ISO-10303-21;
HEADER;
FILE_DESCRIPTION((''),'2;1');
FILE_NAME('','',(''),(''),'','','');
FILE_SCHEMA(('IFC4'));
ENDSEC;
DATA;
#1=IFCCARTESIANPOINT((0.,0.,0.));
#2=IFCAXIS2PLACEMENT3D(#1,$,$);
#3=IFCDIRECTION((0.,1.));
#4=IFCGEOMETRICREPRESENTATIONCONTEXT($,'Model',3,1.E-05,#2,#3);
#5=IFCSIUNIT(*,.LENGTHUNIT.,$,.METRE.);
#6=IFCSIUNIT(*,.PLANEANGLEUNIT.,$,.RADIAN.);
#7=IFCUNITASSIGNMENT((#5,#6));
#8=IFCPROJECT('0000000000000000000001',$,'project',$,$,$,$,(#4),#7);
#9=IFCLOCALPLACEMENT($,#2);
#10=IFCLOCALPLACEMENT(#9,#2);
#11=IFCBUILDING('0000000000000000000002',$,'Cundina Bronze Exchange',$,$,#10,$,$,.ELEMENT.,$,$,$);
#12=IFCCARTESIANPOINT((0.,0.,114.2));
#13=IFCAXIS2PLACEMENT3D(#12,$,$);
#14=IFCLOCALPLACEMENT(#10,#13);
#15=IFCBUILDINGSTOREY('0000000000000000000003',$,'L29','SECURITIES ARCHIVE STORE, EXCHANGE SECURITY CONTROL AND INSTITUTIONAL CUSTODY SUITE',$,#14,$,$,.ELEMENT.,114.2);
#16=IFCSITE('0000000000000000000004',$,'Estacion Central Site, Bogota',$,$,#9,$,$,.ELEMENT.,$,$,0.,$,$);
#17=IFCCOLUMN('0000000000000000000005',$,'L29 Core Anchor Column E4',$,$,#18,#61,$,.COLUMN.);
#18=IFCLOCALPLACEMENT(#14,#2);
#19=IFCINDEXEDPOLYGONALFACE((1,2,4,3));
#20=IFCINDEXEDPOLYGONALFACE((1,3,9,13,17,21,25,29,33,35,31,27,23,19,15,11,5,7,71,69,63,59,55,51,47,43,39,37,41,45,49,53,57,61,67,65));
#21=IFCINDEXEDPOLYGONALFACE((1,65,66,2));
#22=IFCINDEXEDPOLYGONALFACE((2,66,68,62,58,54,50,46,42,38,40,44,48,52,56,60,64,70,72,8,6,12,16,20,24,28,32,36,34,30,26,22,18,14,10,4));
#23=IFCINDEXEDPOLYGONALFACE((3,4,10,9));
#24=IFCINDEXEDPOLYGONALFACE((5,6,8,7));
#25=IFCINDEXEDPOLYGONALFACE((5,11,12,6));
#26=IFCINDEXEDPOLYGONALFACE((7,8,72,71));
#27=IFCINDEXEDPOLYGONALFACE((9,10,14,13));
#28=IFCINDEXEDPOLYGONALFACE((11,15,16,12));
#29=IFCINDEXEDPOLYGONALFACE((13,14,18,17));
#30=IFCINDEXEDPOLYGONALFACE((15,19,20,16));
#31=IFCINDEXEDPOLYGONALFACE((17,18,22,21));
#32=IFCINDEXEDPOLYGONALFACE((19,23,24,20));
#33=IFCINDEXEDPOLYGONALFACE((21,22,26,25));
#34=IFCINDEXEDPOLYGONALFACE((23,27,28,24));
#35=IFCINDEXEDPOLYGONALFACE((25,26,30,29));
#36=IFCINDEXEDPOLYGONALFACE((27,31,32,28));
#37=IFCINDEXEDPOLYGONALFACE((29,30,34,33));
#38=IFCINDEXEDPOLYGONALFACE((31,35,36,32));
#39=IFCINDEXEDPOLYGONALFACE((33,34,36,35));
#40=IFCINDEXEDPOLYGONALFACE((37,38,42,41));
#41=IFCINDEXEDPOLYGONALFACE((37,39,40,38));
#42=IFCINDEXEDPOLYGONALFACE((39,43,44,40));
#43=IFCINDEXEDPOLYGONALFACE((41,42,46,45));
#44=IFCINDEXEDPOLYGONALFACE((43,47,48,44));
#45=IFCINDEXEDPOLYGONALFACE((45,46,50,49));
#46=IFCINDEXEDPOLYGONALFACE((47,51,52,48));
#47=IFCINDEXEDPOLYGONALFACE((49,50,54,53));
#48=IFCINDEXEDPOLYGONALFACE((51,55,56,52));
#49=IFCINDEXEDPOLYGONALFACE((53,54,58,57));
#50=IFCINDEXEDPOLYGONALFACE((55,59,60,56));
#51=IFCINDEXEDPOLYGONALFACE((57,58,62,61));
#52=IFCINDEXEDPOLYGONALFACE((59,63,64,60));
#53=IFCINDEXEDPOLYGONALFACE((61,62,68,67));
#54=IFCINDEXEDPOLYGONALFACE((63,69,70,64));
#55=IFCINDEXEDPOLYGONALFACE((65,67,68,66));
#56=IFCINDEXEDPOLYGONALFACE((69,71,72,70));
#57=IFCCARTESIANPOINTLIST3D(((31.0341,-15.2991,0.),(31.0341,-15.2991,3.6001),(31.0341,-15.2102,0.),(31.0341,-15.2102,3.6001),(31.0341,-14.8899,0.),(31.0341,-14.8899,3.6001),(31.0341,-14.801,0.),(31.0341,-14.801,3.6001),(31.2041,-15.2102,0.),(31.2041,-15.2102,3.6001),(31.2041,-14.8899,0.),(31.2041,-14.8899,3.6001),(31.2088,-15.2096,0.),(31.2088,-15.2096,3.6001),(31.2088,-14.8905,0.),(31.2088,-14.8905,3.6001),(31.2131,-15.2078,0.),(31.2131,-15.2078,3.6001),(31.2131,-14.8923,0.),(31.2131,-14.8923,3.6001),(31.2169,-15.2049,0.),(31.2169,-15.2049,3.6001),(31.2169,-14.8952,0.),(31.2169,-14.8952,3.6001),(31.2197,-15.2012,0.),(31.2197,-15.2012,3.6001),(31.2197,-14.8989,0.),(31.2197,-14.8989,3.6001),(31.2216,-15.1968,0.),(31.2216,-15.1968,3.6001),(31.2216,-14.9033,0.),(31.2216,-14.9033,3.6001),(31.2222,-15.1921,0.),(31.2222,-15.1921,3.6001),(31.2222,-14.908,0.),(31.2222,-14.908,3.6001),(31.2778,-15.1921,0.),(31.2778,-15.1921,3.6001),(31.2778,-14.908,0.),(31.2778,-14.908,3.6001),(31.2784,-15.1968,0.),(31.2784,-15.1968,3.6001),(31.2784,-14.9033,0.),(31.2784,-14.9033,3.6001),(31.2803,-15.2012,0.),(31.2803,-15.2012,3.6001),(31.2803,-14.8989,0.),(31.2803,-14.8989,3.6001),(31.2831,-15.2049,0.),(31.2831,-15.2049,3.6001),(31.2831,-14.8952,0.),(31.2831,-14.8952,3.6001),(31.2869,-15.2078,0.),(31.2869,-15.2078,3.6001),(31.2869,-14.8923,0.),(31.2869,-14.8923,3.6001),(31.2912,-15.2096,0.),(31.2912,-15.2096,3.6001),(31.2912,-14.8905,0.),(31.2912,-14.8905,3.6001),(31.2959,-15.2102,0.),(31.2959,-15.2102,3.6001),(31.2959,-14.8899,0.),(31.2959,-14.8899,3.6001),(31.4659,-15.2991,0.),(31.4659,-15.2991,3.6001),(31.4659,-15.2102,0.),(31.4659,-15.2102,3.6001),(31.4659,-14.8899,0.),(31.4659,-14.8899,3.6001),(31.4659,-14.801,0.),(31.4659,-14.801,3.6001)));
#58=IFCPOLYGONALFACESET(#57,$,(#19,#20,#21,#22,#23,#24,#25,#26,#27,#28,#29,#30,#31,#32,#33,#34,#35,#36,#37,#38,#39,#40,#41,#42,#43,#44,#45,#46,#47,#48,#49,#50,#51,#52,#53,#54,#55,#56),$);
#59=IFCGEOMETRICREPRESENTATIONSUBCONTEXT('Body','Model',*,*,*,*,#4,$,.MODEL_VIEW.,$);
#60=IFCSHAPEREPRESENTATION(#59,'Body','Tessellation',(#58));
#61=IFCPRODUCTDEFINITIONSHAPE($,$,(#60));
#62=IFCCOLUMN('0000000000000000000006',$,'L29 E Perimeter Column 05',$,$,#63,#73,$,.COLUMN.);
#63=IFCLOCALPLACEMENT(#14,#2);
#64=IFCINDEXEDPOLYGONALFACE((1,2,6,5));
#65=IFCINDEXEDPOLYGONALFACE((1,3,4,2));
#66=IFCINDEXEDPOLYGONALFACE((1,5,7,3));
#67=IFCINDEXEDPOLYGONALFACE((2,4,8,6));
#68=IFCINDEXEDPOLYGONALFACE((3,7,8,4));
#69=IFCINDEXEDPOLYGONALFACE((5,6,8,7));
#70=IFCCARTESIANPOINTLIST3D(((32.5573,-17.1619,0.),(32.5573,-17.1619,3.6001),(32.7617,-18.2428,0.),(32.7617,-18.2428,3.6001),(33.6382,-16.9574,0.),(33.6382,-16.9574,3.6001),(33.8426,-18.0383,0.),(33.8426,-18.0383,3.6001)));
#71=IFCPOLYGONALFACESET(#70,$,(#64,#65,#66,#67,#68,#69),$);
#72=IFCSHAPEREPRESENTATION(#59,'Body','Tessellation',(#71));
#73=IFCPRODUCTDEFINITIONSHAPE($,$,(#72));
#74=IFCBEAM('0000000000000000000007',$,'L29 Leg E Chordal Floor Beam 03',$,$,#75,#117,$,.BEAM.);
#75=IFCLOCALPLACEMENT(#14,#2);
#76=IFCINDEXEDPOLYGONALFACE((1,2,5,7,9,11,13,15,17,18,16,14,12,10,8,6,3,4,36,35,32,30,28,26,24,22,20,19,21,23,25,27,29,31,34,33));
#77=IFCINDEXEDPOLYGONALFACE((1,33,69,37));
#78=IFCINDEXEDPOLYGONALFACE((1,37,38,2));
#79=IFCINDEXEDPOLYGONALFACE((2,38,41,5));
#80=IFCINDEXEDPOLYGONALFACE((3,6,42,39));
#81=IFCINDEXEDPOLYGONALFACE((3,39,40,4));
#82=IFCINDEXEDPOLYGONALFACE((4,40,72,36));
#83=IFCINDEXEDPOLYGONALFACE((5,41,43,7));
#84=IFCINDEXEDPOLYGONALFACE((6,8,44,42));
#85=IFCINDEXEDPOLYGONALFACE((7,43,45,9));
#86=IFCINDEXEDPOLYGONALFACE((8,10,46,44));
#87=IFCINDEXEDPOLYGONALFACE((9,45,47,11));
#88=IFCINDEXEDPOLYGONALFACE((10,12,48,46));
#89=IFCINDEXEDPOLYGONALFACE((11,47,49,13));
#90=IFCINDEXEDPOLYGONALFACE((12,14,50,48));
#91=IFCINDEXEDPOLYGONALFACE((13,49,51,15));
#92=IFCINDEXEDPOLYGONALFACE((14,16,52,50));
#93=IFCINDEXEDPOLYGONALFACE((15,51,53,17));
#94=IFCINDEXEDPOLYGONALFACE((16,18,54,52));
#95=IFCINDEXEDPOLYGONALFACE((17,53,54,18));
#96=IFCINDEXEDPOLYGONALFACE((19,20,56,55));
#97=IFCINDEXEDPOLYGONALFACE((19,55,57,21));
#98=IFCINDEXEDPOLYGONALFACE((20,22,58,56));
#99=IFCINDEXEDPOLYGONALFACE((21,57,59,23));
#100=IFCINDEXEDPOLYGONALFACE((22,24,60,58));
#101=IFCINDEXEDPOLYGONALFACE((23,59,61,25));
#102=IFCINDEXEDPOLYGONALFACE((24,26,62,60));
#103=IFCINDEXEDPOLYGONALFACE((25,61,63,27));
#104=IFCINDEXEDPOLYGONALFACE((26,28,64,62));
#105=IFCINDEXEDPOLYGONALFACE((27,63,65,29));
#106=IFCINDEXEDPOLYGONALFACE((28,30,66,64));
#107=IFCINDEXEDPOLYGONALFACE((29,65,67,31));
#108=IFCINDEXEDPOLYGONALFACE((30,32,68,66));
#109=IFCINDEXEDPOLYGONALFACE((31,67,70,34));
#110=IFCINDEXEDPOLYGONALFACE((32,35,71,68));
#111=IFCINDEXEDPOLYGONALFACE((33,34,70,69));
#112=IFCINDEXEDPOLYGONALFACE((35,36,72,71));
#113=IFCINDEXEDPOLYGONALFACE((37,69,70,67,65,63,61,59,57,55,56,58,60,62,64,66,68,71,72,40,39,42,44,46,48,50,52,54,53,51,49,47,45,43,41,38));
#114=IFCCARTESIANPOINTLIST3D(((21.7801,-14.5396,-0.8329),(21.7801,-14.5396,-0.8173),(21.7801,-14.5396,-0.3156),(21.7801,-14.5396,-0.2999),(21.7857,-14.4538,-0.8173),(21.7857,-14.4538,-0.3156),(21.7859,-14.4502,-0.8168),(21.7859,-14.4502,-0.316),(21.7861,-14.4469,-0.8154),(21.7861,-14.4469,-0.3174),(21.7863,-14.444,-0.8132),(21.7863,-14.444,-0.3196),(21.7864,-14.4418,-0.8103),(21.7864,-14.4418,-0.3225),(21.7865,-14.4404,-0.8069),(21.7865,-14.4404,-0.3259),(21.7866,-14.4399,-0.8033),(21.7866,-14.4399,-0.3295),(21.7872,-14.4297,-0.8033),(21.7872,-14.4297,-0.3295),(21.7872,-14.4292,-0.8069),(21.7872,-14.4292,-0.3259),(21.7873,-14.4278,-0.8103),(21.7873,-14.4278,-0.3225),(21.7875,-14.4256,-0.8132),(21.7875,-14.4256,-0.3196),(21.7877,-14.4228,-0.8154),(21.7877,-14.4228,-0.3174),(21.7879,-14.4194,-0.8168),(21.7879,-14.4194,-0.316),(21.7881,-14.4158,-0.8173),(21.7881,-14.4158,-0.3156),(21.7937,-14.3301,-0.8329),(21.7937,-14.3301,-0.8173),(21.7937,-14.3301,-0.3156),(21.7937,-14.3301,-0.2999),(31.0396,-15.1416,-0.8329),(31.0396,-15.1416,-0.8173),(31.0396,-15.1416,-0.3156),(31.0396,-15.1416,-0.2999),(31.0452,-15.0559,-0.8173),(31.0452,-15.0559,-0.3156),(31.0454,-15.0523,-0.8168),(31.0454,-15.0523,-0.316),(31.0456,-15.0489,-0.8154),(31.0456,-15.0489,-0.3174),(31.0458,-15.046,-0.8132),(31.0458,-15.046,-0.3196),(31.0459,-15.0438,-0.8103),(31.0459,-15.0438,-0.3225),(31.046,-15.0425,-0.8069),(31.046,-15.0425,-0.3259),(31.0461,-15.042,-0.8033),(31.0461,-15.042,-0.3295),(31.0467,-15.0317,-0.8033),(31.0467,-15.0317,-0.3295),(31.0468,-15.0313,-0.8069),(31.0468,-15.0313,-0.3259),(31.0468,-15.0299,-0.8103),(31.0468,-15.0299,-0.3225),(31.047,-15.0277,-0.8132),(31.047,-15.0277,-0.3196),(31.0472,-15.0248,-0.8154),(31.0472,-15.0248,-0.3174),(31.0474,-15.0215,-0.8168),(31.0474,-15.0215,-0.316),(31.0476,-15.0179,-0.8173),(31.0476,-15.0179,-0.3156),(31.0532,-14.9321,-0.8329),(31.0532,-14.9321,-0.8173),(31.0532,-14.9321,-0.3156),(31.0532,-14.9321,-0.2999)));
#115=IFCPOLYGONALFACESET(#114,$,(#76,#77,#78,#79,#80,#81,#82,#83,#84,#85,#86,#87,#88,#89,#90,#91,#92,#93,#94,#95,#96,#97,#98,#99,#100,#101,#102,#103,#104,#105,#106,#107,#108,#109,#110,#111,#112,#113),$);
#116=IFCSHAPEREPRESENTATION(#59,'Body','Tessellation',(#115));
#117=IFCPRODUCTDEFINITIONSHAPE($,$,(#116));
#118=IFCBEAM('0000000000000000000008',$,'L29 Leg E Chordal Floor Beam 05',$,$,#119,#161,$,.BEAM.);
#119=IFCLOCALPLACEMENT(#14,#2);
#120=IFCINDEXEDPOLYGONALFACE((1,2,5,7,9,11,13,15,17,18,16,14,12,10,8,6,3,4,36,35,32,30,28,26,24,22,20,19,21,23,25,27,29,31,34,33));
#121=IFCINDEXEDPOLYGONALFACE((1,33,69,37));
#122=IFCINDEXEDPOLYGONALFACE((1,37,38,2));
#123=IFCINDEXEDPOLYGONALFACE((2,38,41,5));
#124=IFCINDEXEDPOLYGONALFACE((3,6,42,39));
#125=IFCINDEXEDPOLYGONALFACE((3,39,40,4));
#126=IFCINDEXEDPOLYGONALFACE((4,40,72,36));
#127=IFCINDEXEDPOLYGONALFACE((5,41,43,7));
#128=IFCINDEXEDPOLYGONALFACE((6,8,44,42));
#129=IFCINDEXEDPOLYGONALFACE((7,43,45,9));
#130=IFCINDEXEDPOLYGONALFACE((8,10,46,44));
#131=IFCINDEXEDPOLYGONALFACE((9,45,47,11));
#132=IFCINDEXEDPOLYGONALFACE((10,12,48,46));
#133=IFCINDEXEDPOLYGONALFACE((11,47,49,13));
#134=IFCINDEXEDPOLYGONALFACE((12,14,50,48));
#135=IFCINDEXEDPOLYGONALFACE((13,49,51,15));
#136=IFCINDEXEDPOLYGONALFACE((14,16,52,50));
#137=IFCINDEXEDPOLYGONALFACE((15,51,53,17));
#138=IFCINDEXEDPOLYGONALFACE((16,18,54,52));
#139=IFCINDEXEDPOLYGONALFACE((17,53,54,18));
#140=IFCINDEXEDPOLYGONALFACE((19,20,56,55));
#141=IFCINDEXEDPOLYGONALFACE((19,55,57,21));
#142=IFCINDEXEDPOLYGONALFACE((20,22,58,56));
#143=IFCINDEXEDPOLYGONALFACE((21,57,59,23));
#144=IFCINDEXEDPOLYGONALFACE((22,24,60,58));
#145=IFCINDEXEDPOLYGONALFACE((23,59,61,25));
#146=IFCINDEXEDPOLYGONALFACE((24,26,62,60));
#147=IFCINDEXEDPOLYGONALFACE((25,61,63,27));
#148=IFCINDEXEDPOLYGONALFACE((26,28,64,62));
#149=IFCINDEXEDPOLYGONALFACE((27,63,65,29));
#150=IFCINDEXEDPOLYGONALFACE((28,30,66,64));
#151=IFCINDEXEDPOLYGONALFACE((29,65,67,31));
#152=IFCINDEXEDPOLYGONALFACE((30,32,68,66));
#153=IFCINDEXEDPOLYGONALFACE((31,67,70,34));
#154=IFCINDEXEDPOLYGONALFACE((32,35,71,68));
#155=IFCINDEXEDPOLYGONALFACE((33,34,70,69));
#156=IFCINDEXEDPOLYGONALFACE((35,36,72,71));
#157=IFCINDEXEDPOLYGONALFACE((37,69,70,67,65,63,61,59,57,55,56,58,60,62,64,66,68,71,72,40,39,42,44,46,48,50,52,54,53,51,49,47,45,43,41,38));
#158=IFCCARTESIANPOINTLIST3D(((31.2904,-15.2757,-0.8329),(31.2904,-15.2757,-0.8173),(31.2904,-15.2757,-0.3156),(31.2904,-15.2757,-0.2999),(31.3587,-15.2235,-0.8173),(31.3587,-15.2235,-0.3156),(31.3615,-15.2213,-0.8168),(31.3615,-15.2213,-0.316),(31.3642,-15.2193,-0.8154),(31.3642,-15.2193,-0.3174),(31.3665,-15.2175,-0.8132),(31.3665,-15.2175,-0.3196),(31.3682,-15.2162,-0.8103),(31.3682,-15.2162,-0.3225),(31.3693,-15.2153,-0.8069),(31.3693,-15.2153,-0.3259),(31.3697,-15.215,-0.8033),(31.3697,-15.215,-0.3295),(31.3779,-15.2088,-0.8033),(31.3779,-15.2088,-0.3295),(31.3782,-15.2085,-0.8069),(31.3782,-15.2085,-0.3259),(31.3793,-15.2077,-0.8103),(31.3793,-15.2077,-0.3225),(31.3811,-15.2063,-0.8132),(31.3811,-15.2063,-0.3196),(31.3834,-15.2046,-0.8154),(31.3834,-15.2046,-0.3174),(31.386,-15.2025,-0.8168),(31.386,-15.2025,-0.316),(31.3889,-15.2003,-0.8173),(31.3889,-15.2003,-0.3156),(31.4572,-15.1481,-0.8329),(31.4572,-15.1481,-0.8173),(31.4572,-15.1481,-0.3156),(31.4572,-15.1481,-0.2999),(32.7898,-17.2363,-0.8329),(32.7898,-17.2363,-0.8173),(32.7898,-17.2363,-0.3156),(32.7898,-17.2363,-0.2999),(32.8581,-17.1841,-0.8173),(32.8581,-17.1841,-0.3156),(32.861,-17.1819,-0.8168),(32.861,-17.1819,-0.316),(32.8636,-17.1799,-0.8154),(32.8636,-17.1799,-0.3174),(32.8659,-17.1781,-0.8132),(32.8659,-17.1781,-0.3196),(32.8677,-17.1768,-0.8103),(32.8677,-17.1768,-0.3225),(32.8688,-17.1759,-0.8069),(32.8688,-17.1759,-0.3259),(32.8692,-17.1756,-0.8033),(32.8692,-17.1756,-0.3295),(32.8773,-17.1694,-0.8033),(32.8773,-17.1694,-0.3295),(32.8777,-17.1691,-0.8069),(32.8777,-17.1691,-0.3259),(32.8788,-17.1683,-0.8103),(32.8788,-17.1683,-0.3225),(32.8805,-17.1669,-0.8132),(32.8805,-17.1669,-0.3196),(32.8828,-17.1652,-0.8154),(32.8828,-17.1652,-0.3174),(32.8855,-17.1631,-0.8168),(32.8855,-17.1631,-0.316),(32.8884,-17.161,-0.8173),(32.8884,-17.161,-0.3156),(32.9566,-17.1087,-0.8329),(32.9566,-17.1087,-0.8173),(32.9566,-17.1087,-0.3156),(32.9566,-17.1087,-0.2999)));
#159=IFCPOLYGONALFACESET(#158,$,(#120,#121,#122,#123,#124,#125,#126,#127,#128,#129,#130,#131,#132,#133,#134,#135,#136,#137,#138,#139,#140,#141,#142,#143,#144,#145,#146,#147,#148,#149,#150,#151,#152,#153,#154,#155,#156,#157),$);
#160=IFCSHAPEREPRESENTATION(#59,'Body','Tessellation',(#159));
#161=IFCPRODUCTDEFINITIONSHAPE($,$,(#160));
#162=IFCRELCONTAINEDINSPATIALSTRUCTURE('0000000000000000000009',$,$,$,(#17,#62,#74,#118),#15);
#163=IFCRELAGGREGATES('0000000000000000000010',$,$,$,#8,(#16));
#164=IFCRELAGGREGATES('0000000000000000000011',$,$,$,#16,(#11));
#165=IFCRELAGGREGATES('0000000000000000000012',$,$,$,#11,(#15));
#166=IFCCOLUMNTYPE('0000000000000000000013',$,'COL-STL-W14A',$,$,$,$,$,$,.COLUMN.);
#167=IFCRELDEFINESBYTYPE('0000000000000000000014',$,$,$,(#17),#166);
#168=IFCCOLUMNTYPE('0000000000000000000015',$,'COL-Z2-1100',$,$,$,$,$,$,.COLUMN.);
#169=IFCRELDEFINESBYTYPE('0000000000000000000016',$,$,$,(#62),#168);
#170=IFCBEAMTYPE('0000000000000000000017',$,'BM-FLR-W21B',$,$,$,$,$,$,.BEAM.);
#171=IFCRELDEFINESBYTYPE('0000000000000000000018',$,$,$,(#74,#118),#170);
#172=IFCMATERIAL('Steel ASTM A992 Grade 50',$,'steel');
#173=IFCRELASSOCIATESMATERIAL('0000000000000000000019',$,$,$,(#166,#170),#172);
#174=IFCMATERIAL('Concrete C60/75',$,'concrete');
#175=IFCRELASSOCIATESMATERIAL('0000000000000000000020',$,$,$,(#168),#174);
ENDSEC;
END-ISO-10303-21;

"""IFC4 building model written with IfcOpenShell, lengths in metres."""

from ifc_helpers import new_model, si_unit, direction, frame, origin, origin_2d, place, context, subcontext, project, spatial, rectangle, i_section, extrude, material, material_profile, profile_set, type_object, element, save


model = new_model("IFC4")

# Units and contexts
model_context = context("Model", 3, precision=1e-05, world=origin(), true_north=direction((0.0, 1.0)))
body_context = subcontext(model_context, "Body", "Model", "MODEL_VIEW")
ifc_project = project(units=[si_unit("LENGTHUNIT", "METRE"), si_unit("PLANEANGLEUNIT", "RADIAN")], contexts=[model_context])

# Site, building, storey
site_placement = place(None, origin())
site = spatial("IfcSite", under=ifc_project, at=site_placement, Name="Estacion Central Site, Bogota", CompositionType="ELEMENT", RefElevation=0.0)
building_placement = place(site_placement, origin())
building = spatial("IfcBuilding", under=site, at=building_placement, Name="Cundina Bronze Exchange", CompositionType="ELEMENT")
storey_placement = place(building_placement, frame((0.0, 0.0, 114.2)))
storey = spatial("IfcBuildingStorey", under=building, at=storey_placement, Name="L29", Description="SECURITIES ARCHIVE STORE, EXCHANGE SECURITY CONTROL AND INSTITUTIONAL CUSTODY SUITE", CompositionType="ELEMENT", Elevation=114.2)

# Columns
ifc_material_1 = material(Name="Steel ASTM A992 Grade 50", Category="steel")
ifc_material_profile_1 = material_profile(ifc_material_1, i_section(OverallWidth=0.4319, OverallDepth=0.498, WebThickness=0.0557, FlangeThickness=0.0889, FilletRadius=0.0181, at=origin_2d()), Name="W14X500", Category="steel")
ifc_profile_set_1 = profile_set([ifc_material_profile_1], Name="Steel ASTM A992 Grade 50")
column_type_1 = type_object("IfcColumnType", Name="COL-STL-W14A", PredefinedType="COLUMN", material=ifc_profile_set_1)
column_1_placement = place(storey_placement, frame((31.25, -15.05, 0.0), z_axis=(0.0, 0.0, 1.0), x_axis=(1.0, 0.0, 0.0)))
element("IfcColumn", 1, at=column_1_placement, inside=storey, type_object=column_type_1, Name="L29 Core Anchor Column E4", PredefinedType="COLUMN", context=body_context, shape_type="SweptSolid", body=[
    extrude(i_section(OverallWidth=0.4319, OverallDepth=0.498, WebThickness=0.0557, FlangeThickness=0.0889, FilletRadius=0.0181, at=origin_2d()), origin(), (0.0, 0.0, 1.0), 3.6001),
])
ifc_material_2 = material(Name="Concrete C60/75", Category="concrete")
ifc_material_profile_2 = material_profile(ifc_material_2, rectangle(XDim=1.1001, YDim=1.1001, at=origin_2d()), Name="RC1100X1100", Category="concrete")
ifc_profile_set_2 = profile_set([ifc_material_profile_2], Name="Concrete C60/75")
column_type_2 = type_object("IfcColumnType", Name="COL-Z2-1100", PredefinedType="COLUMN", material=ifc_profile_set_2)
column_2_placement = place(storey_placement, frame((33.2, -17.6001, 0.0), z_axis=(0.0, 0.0, 1.0), x_axis=(0.98258, 0.185838, 0.0)))
element("IfcColumn", 2, at=column_2_placement, inside=storey, type_object=column_type_2, Name="L29 E Perimeter Column 05", PredefinedType="COLUMN", context=body_context, shape_type="SweptSolid", body=[
    extrude(rectangle(XDim=1.1001, YDim=1.1001, at=origin_2d()), origin(), (0.0, 0.0, 1.0), 3.6001),
])

# Beams
ifc_material_profile_3 = material_profile(ifc_material_1, i_section(OverallWidth=0.21, OverallDepth=0.533, WebThickness=0.0103, FlangeThickness=0.0156, FilletRadius=0.0139, at=origin_2d()), Name="W21X62", Category="steel")
ifc_profile_set_3 = profile_set([ifc_material_profile_3], Name="Steel ASTM A992 Grade 50")
beam_type_1 = type_object("IfcBeamType", Name="BM-FLR-W21B", PredefinedType="BEAM", material=ifc_profile_set_3)
beam_1_placement = place(storey_placement, frame((31.0464, -15.0369, -0.5664), z_axis=(-0.997893, 0.064883, 0.0), x_axis=(-0.064883, -0.997893, 0.0)))
element("IfcBeam", 3, at=beam_1_placement, inside=storey, type_object=beam_type_1, Name="L29 Leg E Chordal Floor Beam 03", PredefinedType="BEAM", context=body_context, shape_type="SweptSolid", body=[
    extrude(i_section(OverallWidth=0.21, OverallDepth=0.533, WebThickness=0.0103, FlangeThickness=0.0156, FilletRadius=0.0139, at=origin_2d()), origin(), (0.0, 0.0, 1.0), 9.2791),
])
beam_2_placement = place(storey_placement, frame((31.3738, -15.2119, -0.5664), z_axis=(0.60749, -0.794327, 0.0), x_axis=(0.794327, 0.60749, 0.0)))
element("IfcBeam", 4, at=beam_2_placement, inside=storey, type_object=beam_type_1, Name="L29 Leg E Chordal Floor Beam 05", PredefinedType="BEAM", context=body_context, shape_type="SweptSolid", body=[
    extrude(i_section(OverallWidth=0.21, OverallDepth=0.533, WebThickness=0.0103, FlangeThickness=0.0156, FilletRadius=0.0139, at=origin_2d()), origin(), (0.0, 0.0, 1.0), 2.4683),
])

save(model, "model.ifc")
